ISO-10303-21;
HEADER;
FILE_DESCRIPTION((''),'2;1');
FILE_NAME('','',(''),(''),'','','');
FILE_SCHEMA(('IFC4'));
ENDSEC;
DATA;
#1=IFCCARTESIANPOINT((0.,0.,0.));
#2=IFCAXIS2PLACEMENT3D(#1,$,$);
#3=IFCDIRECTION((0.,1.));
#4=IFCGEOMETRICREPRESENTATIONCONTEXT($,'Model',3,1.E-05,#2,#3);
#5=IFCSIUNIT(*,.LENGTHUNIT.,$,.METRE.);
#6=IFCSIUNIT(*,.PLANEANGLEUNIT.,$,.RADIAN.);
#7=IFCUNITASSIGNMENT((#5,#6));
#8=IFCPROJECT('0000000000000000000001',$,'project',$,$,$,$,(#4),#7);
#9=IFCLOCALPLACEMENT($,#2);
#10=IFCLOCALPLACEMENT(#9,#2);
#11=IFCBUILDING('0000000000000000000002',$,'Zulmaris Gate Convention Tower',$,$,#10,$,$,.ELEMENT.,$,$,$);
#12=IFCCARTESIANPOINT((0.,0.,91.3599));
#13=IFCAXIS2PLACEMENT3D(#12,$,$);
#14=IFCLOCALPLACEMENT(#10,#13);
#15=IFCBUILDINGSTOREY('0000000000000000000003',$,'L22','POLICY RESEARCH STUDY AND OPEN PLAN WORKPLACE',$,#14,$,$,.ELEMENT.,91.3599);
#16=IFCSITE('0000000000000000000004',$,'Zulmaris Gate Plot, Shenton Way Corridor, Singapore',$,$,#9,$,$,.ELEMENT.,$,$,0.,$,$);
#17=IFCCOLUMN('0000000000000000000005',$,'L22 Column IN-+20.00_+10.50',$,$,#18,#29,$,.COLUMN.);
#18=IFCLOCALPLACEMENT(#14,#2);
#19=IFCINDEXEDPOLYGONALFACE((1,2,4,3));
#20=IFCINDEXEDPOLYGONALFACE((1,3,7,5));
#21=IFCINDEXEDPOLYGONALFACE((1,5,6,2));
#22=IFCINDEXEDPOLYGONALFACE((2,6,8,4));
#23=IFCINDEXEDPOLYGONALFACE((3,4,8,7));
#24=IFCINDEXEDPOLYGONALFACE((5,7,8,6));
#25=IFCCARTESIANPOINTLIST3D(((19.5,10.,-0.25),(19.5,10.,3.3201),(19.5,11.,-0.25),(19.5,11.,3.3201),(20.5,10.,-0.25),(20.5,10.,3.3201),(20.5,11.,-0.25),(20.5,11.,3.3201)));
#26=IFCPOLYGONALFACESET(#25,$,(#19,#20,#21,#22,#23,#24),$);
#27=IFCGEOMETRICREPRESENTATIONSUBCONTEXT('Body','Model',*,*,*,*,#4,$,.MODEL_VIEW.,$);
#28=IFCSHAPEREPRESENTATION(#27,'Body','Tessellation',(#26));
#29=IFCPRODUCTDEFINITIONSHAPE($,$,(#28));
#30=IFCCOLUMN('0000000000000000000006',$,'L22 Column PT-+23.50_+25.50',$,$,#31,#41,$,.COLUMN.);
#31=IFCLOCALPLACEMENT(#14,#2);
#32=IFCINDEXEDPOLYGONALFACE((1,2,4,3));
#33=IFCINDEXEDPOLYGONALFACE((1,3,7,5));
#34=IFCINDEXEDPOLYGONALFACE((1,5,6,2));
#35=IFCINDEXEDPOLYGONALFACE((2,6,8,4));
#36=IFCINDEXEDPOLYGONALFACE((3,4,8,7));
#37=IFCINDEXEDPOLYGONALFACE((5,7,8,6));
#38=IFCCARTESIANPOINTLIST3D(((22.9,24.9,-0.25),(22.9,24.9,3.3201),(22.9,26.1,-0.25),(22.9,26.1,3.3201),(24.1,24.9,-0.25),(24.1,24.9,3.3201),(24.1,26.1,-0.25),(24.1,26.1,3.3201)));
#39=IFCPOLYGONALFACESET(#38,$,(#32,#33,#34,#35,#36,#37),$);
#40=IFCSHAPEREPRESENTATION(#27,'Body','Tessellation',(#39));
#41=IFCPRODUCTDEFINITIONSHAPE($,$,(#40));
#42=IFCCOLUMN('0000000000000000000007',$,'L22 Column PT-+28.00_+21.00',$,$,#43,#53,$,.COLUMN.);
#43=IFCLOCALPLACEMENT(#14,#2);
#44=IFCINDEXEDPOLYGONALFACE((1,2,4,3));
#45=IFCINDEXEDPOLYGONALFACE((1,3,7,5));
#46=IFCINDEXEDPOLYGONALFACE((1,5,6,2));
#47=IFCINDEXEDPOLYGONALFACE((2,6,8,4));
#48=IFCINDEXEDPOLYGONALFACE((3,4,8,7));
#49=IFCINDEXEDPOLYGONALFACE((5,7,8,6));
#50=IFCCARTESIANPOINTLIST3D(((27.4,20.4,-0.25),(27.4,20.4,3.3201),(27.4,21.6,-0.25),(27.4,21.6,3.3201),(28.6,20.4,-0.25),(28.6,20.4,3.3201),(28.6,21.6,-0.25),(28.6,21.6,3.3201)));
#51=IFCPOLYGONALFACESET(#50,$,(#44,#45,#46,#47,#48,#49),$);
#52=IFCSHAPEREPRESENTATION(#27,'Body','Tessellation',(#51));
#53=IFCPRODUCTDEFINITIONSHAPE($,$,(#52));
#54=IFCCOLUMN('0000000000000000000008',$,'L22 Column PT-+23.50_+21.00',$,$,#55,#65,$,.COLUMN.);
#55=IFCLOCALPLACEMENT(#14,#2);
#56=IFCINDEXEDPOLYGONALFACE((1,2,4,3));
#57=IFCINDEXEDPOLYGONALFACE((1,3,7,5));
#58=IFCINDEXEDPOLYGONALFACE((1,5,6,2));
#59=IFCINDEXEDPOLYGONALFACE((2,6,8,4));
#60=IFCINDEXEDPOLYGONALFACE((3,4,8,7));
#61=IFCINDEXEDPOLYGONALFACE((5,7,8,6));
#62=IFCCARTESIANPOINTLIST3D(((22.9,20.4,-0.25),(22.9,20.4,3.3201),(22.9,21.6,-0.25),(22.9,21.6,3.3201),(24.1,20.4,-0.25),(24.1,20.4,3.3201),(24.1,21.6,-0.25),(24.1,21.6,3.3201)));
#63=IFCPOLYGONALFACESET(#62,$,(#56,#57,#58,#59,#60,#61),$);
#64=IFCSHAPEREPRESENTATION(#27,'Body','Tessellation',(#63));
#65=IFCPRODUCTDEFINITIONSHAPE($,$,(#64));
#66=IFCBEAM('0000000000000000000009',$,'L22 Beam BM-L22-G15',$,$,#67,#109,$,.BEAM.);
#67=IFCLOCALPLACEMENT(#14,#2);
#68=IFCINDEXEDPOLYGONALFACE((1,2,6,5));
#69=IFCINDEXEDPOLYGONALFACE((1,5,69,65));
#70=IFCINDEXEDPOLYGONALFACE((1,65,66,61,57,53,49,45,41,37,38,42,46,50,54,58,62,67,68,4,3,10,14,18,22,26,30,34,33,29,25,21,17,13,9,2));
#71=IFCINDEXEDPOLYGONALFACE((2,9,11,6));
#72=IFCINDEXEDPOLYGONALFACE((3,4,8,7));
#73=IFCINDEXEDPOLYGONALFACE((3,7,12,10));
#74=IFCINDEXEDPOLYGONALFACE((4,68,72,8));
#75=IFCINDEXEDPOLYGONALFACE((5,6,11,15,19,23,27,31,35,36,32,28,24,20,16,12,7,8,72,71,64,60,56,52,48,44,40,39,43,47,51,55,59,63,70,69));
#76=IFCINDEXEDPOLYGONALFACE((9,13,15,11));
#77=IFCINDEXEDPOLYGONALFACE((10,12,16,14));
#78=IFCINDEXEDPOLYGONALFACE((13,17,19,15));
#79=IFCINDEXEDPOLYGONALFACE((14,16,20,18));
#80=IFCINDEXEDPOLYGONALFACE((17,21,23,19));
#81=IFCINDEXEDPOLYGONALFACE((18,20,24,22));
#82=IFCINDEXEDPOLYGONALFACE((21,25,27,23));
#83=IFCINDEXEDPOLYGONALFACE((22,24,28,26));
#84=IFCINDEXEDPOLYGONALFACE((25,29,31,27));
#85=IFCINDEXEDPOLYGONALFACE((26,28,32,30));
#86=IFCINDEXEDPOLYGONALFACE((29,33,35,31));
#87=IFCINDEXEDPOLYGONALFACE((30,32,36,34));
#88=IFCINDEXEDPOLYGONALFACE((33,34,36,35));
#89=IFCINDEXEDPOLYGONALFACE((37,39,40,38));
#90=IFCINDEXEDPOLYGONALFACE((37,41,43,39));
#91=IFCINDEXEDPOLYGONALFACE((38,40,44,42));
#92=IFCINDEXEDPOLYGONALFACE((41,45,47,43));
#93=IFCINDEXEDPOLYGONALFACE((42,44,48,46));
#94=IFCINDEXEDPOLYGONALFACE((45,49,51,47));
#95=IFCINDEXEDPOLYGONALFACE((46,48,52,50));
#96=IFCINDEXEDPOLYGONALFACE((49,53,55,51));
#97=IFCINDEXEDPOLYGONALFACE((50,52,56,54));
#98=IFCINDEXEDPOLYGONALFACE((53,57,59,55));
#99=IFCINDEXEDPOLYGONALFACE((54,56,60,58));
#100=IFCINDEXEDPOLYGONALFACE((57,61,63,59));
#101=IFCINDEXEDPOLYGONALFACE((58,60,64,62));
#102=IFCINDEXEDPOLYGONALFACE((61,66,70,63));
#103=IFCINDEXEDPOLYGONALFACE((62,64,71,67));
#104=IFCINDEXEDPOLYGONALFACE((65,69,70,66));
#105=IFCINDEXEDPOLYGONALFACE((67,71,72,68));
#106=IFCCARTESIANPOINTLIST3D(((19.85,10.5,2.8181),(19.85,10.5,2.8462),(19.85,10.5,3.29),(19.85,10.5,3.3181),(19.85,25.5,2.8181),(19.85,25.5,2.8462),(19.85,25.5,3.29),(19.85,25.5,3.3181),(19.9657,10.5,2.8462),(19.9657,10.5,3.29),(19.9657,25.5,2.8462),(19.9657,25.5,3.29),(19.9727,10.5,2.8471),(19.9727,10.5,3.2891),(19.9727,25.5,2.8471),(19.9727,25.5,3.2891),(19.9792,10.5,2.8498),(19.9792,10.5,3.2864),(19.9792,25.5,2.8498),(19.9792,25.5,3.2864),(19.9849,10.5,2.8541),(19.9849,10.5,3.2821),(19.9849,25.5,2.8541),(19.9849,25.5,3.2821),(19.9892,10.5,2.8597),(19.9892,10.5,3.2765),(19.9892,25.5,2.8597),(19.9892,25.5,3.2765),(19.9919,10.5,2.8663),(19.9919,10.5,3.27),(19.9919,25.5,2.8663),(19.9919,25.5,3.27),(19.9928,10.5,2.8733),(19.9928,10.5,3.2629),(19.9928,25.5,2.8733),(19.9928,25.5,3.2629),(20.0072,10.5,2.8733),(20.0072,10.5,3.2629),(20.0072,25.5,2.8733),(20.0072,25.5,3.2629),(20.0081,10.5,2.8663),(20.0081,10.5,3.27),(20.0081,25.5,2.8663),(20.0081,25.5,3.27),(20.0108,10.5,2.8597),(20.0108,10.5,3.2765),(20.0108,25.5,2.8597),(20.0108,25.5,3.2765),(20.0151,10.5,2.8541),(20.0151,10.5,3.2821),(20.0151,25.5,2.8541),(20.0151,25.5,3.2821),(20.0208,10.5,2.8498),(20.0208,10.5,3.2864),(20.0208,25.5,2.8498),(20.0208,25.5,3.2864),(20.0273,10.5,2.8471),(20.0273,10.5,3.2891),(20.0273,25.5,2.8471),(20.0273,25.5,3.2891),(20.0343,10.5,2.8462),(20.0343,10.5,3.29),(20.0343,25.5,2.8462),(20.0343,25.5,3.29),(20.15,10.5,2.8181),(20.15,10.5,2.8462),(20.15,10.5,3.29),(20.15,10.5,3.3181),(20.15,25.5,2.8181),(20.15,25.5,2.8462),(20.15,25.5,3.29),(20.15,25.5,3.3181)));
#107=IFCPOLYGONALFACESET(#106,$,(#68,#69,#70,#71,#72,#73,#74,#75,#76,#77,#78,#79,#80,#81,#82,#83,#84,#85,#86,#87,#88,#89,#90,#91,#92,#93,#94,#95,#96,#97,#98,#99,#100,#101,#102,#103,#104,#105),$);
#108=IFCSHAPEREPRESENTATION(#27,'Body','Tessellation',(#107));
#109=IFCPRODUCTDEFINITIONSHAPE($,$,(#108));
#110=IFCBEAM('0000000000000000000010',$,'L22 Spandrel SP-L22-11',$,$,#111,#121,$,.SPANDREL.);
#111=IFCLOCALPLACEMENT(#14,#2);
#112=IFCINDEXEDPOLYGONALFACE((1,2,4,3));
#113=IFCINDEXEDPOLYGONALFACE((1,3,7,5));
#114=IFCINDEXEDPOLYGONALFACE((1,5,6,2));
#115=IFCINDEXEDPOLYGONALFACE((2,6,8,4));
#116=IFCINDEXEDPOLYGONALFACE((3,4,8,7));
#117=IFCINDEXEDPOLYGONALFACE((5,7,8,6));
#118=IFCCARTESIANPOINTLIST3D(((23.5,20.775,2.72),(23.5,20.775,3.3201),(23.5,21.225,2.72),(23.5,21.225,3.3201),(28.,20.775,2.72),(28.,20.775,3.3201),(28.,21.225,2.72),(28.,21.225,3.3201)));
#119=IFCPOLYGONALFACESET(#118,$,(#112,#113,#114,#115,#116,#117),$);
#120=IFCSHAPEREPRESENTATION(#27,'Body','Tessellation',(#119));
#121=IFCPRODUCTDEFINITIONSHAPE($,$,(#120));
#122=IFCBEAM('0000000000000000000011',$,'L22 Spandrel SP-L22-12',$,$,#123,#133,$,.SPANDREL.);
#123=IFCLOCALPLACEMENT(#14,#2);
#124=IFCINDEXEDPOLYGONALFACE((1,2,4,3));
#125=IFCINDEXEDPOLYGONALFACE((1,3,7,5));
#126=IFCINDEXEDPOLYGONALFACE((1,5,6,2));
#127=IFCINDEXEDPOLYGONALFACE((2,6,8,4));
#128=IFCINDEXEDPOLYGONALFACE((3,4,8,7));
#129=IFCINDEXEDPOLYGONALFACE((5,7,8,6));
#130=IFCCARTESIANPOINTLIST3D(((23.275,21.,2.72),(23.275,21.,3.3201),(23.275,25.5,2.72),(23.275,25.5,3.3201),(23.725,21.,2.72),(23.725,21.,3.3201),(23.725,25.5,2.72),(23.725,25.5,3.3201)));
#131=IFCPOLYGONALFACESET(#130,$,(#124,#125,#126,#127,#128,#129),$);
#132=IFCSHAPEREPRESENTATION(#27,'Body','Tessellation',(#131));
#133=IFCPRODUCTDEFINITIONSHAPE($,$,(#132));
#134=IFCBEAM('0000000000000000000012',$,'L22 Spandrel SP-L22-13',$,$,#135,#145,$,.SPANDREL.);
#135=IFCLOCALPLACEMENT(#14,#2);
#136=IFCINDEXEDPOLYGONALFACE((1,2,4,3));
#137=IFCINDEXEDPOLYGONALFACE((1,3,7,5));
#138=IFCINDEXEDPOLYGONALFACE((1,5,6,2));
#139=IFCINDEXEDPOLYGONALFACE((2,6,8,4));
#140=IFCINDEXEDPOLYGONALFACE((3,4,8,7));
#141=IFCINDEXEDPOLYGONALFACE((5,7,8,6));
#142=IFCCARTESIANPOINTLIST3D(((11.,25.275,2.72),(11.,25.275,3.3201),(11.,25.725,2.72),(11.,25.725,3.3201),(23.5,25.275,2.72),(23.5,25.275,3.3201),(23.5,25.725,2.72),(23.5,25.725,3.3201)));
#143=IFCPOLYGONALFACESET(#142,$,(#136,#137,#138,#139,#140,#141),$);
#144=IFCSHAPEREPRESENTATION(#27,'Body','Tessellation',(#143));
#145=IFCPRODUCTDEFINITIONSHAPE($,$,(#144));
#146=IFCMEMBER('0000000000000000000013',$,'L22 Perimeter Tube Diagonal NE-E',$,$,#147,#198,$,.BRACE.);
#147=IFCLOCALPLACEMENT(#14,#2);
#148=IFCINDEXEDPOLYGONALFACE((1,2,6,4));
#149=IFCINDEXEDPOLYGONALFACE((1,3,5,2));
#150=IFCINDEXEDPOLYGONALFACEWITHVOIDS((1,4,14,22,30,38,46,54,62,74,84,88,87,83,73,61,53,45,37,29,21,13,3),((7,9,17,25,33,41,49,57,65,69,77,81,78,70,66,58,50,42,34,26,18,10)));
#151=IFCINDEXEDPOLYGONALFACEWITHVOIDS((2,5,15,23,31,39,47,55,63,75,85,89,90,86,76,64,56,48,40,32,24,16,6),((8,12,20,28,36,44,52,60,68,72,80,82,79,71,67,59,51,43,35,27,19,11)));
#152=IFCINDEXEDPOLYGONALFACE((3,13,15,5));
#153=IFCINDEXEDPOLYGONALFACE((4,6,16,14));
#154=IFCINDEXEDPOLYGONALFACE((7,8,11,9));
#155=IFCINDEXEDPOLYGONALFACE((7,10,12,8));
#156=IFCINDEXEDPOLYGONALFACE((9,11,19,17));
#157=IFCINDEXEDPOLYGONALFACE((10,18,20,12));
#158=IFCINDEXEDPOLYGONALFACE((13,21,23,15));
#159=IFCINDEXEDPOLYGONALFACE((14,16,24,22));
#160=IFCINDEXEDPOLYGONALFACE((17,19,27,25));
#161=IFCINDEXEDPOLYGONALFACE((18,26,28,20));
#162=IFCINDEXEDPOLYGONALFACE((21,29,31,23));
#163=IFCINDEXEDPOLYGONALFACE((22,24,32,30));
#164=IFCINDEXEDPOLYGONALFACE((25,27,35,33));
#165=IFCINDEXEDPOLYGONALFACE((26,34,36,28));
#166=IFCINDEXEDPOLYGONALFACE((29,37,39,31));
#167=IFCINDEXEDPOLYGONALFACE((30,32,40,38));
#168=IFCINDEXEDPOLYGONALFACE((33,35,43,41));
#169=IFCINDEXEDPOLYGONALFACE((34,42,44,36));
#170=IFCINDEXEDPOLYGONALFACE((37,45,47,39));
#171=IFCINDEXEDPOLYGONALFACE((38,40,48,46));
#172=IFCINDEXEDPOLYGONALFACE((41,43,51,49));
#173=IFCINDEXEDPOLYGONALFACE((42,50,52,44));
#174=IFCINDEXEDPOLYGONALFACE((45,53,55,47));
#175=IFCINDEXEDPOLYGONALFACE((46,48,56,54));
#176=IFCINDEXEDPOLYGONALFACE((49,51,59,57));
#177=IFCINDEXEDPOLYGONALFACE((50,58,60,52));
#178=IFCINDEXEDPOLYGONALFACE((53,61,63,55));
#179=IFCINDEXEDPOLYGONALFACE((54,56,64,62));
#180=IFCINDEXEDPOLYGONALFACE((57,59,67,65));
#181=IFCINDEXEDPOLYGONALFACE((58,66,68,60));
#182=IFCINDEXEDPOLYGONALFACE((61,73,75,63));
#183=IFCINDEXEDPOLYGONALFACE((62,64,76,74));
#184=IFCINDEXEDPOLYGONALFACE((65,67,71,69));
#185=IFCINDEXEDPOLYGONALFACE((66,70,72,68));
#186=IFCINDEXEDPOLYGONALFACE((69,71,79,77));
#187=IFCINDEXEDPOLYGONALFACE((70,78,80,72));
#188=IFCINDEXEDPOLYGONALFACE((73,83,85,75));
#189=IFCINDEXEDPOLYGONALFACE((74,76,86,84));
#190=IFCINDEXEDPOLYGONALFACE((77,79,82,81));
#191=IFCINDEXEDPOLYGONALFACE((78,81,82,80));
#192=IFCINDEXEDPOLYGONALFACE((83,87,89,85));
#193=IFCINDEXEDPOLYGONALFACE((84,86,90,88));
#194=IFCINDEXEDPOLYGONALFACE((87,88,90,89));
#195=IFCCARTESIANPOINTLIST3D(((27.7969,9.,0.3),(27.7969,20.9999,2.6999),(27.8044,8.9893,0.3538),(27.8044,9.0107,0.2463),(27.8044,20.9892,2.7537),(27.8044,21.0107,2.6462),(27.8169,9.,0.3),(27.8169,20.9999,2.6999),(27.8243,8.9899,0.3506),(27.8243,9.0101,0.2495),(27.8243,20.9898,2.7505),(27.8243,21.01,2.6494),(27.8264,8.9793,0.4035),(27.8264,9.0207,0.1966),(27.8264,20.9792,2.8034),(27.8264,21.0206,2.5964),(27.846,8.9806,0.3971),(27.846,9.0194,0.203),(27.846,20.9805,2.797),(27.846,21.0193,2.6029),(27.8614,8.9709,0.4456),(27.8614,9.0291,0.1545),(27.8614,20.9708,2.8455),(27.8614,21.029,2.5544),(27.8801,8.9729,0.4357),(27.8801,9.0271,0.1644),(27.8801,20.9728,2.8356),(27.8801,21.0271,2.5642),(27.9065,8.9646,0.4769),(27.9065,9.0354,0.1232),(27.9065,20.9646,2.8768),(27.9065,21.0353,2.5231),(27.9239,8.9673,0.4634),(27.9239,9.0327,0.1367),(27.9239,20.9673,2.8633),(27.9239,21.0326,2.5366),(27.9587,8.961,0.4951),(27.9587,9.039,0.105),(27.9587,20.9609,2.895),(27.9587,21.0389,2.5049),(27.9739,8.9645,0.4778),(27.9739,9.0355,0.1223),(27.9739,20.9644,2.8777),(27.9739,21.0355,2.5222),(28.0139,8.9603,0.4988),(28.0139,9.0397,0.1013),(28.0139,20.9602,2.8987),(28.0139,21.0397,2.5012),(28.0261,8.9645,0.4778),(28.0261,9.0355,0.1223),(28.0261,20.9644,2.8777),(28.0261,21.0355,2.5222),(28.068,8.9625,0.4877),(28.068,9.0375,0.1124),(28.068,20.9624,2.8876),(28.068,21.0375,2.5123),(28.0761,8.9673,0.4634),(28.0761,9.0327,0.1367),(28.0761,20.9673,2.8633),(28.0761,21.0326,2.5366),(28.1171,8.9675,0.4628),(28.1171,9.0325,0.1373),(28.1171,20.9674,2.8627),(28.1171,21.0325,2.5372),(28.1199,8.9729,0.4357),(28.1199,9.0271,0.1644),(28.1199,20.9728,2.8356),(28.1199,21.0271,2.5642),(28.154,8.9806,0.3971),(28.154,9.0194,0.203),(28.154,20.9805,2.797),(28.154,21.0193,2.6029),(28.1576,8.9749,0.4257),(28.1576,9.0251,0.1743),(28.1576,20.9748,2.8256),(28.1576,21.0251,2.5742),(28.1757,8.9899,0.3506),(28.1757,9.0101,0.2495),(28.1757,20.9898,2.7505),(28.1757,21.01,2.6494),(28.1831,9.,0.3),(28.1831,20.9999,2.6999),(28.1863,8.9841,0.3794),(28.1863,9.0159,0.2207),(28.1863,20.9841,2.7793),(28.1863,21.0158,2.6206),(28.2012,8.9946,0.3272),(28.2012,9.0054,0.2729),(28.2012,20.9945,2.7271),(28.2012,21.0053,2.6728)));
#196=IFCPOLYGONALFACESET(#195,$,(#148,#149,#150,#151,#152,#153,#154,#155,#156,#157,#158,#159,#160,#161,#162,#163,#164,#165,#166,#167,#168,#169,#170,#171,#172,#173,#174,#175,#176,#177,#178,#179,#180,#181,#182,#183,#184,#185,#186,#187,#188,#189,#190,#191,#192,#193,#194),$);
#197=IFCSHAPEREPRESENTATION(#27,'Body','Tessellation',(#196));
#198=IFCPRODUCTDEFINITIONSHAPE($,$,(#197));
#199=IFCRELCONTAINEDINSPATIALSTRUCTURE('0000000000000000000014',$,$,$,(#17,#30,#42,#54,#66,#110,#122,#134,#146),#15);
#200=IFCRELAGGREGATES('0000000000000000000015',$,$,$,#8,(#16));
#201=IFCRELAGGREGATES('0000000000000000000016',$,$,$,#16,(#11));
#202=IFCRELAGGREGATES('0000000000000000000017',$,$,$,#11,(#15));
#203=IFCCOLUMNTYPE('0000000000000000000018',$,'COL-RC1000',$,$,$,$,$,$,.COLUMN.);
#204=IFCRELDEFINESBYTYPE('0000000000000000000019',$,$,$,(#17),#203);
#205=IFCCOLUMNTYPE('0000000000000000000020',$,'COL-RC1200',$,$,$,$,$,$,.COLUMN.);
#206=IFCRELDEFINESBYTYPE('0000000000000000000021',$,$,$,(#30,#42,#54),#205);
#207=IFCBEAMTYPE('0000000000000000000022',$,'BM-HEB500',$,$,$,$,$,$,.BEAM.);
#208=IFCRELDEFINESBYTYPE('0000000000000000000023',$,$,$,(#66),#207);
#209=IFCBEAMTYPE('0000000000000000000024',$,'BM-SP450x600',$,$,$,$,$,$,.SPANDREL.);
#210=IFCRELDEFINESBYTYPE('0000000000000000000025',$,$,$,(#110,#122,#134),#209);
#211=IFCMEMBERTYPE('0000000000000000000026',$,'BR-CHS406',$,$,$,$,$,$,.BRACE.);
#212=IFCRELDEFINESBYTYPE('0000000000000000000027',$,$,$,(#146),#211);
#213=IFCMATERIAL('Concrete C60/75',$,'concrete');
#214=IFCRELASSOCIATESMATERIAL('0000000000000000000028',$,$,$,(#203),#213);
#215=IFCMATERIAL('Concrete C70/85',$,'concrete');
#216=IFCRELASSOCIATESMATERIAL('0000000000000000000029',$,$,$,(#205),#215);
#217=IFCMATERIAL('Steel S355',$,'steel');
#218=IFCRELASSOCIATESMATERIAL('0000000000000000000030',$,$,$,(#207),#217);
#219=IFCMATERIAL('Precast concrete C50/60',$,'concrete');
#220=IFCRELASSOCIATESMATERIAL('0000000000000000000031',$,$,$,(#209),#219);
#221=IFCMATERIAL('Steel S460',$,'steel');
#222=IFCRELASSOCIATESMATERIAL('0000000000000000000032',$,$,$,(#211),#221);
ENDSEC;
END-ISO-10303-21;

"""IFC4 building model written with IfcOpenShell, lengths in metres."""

from ifc_helpers import new_model, si_unit, direction, frame, origin, origin_2d, place, context, subcontext, project, spatial, rectangle, hollow_circle, i_section, extrude, material, material_profile, profile_set, type_object, element, save


model = new_model("IFC4")

# Units and contexts
model_context = context("Model", 3, precision=1e-05, world=origin(), true_north=direction((0.0, 1.0)))
body_context = subcontext(model_context, "Body", "Model", "MODEL_VIEW")
ifc_project = project(units=[si_unit("LENGTHUNIT", "METRE"), si_unit("PLANEANGLEUNIT", "RADIAN")], contexts=[model_context])

# Site, building, storey
site_placement = place(None, origin())
site = spatial("IfcSite", under=ifc_project, at=site_placement, Name="Zulmaris Gate Plot, Shenton Way Corridor, Singapore", CompositionType="ELEMENT", RefElevation=0.0)
building_placement = place(site_placement, origin())
building = spatial("IfcBuilding", under=site, at=building_placement, Name="Zulmaris Gate Convention Tower", CompositionType="ELEMENT")
storey_placement = place(building_placement, frame((0.0, 0.0, 91.3599)))
storey = spatial("IfcBuildingStorey", under=building, at=storey_placement, Name="L22", Description="POLICY RESEARCH STUDY AND OPEN PLAN WORKPLACE", CompositionType="ELEMENT", Elevation=91.3599)

# Columns
ifc_material_1 = material(Name="Concrete C60/75", Category="concrete")
ifc_material_profile_1 = material_profile(ifc_material_1, rectangle(XDim=1.0, YDim=1.0, at=origin_2d()), Name="RC COL 1000x1000")
ifc_profile_set_1 = profile_set([ifc_material_profile_1], Name="Concrete C60/75")
column_type_1 = type_object("IfcColumnType", Name="COL-RC1000", PredefinedType="COLUMN", material=ifc_profile_set_1)
column_placement = place(storey_placement, frame((20.0, 10.5, -0.25), z_axis=(0.0, 0.0, 1.0), x_axis=(1.0, 0.0, 0.0)))
element("IfcColumn", 1, at=column_placement, inside=storey, type_object=column_type_1, Name="L22 Column IN-+20.00_+10.50", PredefinedType="COLUMN", context=body_context, shape_type="SweptSolid", body=[
    extrude(rectangle(XDim=1.0, YDim=1.0, at=origin_2d()), origin(), (0.0, 0.0, 1.0), 3.5701),
])
ifc_material_2 = material(Name="Concrete C70/85", Category="concrete")
ifc_material_profile_2 = material_profile(ifc_material_2, rectangle(XDim=1.2, YDim=1.2, at=origin_2d()), Name="RC COL 1200x1200")
ifc_profile_set_2 = profile_set([ifc_material_profile_2], Name="Concrete C70/85")
column_type_2 = type_object("IfcColumnType", Name="COL-RC1200", PredefinedType="COLUMN", material=ifc_profile_set_2)
for number, where, z_axis, x_axis, name in (
    (2, (23.5, 25.5, -0.25), (0.0, 0.0, 1.0), (1.0, 0.0, 0.0), "L22 Column PT-+23.50_+25.50"),
    (3, (28.0, 21.0, -0.25), (0.0, 0.0, 1.0), (1.0, 0.0, 0.0), "L22 Column PT-+28.00_+21.00"),
    (4, (23.5, 21.0, -0.25), (0.0, 0.0, 1.0), (1.0, 0.0, 0.0), "L22 Column PT-+23.50_+21.00"),
):
    element("IfcColumn", number, at=place(storey_placement, frame(where, z_axis=z_axis, x_axis=x_axis)), inside=storey, type_object=column_type_2, Name=name, PredefinedType="COLUMN", context=body_context, shape_type="SweptSolid", body=[
        extrude(rectangle(XDim=1.2, YDim=1.2, at=origin_2d()), origin(), (0.0, 0.0, 1.0), 3.5701),
    ])

# Beams
ifc_material_3 = material(Name="Steel S355", Category="steel")
ifc_material_profile_3 = material_profile(ifc_material_3, i_section(OverallWidth=0.3, OverallDepth=0.5, WebThickness=0.0144, FlangeThickness=0.0281, FilletRadius=0.0271, at=origin_2d()), Name="HEB 500")
ifc_profile_set_3 = profile_set([ifc_material_profile_3], Name="Steel S355")
beam_type_1 = type_object("IfcBeamType", Name="BM-HEB500", PredefinedType="BEAM", material=ifc_profile_set_3)
beam_1_placement = place(storey_placement, frame((20.0, 10.5, 3.0681), z_axis=(0.0, 1.0, 0.0), x_axis=(-1.0, 0.0, 0.0)))
element("IfcBeam", 5, at=beam_1_placement, inside=storey, type_object=beam_type_1, Name="L22 Beam BM-L22-G15", PredefinedType="BEAM", context=body_context, shape_type="SweptSolid", body=[
    extrude(i_section(OverallWidth=0.3, OverallDepth=0.5, WebThickness=0.0144, FlangeThickness=0.0281, FilletRadius=0.0271, at=origin_2d()), origin(), (0.0, 0.0, 1.0), 15.0),
])
ifc_material_4 = material(Name="Precast concrete C50/60", Category="concrete")
ifc_material_profile_4 = material_profile(ifc_material_4, rectangle(XDim=0.45, YDim=0.6001, at=origin_2d()), Name="RC SPANDREL 450x600")
ifc_profile_set_4 = profile_set([ifc_material_profile_4], Name="Precast concrete C50/60")
beam_type_2 = type_object("IfcBeamType", Name="BM-SP450x600", PredefinedType="SPANDREL", material=ifc_profile_set_4)
for number, where, z_axis, x_axis, name in (
    (6, (28.0, 21.0, 3.02), (-1.0, 0.0, 0.0), (0.0, -1.0, 0.0), "L22 Spandrel SP-L22-11"),
    (7, (23.5, 21.0, 3.02), (0.0, 1.0, 0.0), (-1.0, 0.0, 0.0), "L22 Spandrel SP-L22-12"),
):
    element("IfcBeam", number, at=place(storey_placement, frame(where, z_axis=z_axis, x_axis=x_axis)), inside=storey, type_object=beam_type_2, Name=name, PredefinedType="SPANDREL", context=body_context, shape_type="SweptSolid", body=[
        extrude(rectangle(XDim=0.45, YDim=0.6001, at=origin_2d()), origin(), (0.0, 0.0, 1.0), 4.5),
    ])
beam_2_placement = place(storey_placement, frame((23.5, 25.5, 3.02), z_axis=(-1.0, 0.0, 0.0), x_axis=(0.0, -1.0, 0.0)))
element("IfcBeam", 8, at=beam_2_placement, inside=storey, type_object=beam_type_2, Name="L22 Spandrel SP-L22-13", PredefinedType="SPANDREL", context=body_context, shape_type="SweptSolid", body=[
    extrude(rectangle(XDim=0.45, YDim=0.6001, at=origin_2d()), origin(), (0.0, 0.0, 1.0), 12.5),
])

# Member
ifc_material_5 = material(Name="Steel S460", Category="steel")
ifc_material_profile_5 = material_profile(ifc_material_5, hollow_circle(Radius=0.2031, WallThickness=0.02, at=origin_2d()), Name="CHS 406.4x20")
ifc_profile_set_5 = profile_set([ifc_material_profile_5], Name="Steel S460")
member_type = type_object("IfcMemberType", Name="BR-CHS406", PredefinedType="BRACE", material=ifc_profile_set_5)
member_placement = place(storey_placement, frame((28.0, 9.0, 0.3), z_axis=(0.0, 0.980582, 0.196108), x_axis=(-1.0, 0.0, 0.0)))
element("IfcMember", 9, at=member_placement, inside=storey, type_object=member_type, Name="L22 Perimeter Tube Diagonal NE-E", PredefinedType="BRACE", context=body_context, shape_type="SweptSolid", body=[
    extrude(hollow_circle(Radius=0.2031, WallThickness=0.02, at=origin_2d()), origin(), (0.0, 0.0, 1.0), 12.2375),
])

save(model, "model.ifc")
